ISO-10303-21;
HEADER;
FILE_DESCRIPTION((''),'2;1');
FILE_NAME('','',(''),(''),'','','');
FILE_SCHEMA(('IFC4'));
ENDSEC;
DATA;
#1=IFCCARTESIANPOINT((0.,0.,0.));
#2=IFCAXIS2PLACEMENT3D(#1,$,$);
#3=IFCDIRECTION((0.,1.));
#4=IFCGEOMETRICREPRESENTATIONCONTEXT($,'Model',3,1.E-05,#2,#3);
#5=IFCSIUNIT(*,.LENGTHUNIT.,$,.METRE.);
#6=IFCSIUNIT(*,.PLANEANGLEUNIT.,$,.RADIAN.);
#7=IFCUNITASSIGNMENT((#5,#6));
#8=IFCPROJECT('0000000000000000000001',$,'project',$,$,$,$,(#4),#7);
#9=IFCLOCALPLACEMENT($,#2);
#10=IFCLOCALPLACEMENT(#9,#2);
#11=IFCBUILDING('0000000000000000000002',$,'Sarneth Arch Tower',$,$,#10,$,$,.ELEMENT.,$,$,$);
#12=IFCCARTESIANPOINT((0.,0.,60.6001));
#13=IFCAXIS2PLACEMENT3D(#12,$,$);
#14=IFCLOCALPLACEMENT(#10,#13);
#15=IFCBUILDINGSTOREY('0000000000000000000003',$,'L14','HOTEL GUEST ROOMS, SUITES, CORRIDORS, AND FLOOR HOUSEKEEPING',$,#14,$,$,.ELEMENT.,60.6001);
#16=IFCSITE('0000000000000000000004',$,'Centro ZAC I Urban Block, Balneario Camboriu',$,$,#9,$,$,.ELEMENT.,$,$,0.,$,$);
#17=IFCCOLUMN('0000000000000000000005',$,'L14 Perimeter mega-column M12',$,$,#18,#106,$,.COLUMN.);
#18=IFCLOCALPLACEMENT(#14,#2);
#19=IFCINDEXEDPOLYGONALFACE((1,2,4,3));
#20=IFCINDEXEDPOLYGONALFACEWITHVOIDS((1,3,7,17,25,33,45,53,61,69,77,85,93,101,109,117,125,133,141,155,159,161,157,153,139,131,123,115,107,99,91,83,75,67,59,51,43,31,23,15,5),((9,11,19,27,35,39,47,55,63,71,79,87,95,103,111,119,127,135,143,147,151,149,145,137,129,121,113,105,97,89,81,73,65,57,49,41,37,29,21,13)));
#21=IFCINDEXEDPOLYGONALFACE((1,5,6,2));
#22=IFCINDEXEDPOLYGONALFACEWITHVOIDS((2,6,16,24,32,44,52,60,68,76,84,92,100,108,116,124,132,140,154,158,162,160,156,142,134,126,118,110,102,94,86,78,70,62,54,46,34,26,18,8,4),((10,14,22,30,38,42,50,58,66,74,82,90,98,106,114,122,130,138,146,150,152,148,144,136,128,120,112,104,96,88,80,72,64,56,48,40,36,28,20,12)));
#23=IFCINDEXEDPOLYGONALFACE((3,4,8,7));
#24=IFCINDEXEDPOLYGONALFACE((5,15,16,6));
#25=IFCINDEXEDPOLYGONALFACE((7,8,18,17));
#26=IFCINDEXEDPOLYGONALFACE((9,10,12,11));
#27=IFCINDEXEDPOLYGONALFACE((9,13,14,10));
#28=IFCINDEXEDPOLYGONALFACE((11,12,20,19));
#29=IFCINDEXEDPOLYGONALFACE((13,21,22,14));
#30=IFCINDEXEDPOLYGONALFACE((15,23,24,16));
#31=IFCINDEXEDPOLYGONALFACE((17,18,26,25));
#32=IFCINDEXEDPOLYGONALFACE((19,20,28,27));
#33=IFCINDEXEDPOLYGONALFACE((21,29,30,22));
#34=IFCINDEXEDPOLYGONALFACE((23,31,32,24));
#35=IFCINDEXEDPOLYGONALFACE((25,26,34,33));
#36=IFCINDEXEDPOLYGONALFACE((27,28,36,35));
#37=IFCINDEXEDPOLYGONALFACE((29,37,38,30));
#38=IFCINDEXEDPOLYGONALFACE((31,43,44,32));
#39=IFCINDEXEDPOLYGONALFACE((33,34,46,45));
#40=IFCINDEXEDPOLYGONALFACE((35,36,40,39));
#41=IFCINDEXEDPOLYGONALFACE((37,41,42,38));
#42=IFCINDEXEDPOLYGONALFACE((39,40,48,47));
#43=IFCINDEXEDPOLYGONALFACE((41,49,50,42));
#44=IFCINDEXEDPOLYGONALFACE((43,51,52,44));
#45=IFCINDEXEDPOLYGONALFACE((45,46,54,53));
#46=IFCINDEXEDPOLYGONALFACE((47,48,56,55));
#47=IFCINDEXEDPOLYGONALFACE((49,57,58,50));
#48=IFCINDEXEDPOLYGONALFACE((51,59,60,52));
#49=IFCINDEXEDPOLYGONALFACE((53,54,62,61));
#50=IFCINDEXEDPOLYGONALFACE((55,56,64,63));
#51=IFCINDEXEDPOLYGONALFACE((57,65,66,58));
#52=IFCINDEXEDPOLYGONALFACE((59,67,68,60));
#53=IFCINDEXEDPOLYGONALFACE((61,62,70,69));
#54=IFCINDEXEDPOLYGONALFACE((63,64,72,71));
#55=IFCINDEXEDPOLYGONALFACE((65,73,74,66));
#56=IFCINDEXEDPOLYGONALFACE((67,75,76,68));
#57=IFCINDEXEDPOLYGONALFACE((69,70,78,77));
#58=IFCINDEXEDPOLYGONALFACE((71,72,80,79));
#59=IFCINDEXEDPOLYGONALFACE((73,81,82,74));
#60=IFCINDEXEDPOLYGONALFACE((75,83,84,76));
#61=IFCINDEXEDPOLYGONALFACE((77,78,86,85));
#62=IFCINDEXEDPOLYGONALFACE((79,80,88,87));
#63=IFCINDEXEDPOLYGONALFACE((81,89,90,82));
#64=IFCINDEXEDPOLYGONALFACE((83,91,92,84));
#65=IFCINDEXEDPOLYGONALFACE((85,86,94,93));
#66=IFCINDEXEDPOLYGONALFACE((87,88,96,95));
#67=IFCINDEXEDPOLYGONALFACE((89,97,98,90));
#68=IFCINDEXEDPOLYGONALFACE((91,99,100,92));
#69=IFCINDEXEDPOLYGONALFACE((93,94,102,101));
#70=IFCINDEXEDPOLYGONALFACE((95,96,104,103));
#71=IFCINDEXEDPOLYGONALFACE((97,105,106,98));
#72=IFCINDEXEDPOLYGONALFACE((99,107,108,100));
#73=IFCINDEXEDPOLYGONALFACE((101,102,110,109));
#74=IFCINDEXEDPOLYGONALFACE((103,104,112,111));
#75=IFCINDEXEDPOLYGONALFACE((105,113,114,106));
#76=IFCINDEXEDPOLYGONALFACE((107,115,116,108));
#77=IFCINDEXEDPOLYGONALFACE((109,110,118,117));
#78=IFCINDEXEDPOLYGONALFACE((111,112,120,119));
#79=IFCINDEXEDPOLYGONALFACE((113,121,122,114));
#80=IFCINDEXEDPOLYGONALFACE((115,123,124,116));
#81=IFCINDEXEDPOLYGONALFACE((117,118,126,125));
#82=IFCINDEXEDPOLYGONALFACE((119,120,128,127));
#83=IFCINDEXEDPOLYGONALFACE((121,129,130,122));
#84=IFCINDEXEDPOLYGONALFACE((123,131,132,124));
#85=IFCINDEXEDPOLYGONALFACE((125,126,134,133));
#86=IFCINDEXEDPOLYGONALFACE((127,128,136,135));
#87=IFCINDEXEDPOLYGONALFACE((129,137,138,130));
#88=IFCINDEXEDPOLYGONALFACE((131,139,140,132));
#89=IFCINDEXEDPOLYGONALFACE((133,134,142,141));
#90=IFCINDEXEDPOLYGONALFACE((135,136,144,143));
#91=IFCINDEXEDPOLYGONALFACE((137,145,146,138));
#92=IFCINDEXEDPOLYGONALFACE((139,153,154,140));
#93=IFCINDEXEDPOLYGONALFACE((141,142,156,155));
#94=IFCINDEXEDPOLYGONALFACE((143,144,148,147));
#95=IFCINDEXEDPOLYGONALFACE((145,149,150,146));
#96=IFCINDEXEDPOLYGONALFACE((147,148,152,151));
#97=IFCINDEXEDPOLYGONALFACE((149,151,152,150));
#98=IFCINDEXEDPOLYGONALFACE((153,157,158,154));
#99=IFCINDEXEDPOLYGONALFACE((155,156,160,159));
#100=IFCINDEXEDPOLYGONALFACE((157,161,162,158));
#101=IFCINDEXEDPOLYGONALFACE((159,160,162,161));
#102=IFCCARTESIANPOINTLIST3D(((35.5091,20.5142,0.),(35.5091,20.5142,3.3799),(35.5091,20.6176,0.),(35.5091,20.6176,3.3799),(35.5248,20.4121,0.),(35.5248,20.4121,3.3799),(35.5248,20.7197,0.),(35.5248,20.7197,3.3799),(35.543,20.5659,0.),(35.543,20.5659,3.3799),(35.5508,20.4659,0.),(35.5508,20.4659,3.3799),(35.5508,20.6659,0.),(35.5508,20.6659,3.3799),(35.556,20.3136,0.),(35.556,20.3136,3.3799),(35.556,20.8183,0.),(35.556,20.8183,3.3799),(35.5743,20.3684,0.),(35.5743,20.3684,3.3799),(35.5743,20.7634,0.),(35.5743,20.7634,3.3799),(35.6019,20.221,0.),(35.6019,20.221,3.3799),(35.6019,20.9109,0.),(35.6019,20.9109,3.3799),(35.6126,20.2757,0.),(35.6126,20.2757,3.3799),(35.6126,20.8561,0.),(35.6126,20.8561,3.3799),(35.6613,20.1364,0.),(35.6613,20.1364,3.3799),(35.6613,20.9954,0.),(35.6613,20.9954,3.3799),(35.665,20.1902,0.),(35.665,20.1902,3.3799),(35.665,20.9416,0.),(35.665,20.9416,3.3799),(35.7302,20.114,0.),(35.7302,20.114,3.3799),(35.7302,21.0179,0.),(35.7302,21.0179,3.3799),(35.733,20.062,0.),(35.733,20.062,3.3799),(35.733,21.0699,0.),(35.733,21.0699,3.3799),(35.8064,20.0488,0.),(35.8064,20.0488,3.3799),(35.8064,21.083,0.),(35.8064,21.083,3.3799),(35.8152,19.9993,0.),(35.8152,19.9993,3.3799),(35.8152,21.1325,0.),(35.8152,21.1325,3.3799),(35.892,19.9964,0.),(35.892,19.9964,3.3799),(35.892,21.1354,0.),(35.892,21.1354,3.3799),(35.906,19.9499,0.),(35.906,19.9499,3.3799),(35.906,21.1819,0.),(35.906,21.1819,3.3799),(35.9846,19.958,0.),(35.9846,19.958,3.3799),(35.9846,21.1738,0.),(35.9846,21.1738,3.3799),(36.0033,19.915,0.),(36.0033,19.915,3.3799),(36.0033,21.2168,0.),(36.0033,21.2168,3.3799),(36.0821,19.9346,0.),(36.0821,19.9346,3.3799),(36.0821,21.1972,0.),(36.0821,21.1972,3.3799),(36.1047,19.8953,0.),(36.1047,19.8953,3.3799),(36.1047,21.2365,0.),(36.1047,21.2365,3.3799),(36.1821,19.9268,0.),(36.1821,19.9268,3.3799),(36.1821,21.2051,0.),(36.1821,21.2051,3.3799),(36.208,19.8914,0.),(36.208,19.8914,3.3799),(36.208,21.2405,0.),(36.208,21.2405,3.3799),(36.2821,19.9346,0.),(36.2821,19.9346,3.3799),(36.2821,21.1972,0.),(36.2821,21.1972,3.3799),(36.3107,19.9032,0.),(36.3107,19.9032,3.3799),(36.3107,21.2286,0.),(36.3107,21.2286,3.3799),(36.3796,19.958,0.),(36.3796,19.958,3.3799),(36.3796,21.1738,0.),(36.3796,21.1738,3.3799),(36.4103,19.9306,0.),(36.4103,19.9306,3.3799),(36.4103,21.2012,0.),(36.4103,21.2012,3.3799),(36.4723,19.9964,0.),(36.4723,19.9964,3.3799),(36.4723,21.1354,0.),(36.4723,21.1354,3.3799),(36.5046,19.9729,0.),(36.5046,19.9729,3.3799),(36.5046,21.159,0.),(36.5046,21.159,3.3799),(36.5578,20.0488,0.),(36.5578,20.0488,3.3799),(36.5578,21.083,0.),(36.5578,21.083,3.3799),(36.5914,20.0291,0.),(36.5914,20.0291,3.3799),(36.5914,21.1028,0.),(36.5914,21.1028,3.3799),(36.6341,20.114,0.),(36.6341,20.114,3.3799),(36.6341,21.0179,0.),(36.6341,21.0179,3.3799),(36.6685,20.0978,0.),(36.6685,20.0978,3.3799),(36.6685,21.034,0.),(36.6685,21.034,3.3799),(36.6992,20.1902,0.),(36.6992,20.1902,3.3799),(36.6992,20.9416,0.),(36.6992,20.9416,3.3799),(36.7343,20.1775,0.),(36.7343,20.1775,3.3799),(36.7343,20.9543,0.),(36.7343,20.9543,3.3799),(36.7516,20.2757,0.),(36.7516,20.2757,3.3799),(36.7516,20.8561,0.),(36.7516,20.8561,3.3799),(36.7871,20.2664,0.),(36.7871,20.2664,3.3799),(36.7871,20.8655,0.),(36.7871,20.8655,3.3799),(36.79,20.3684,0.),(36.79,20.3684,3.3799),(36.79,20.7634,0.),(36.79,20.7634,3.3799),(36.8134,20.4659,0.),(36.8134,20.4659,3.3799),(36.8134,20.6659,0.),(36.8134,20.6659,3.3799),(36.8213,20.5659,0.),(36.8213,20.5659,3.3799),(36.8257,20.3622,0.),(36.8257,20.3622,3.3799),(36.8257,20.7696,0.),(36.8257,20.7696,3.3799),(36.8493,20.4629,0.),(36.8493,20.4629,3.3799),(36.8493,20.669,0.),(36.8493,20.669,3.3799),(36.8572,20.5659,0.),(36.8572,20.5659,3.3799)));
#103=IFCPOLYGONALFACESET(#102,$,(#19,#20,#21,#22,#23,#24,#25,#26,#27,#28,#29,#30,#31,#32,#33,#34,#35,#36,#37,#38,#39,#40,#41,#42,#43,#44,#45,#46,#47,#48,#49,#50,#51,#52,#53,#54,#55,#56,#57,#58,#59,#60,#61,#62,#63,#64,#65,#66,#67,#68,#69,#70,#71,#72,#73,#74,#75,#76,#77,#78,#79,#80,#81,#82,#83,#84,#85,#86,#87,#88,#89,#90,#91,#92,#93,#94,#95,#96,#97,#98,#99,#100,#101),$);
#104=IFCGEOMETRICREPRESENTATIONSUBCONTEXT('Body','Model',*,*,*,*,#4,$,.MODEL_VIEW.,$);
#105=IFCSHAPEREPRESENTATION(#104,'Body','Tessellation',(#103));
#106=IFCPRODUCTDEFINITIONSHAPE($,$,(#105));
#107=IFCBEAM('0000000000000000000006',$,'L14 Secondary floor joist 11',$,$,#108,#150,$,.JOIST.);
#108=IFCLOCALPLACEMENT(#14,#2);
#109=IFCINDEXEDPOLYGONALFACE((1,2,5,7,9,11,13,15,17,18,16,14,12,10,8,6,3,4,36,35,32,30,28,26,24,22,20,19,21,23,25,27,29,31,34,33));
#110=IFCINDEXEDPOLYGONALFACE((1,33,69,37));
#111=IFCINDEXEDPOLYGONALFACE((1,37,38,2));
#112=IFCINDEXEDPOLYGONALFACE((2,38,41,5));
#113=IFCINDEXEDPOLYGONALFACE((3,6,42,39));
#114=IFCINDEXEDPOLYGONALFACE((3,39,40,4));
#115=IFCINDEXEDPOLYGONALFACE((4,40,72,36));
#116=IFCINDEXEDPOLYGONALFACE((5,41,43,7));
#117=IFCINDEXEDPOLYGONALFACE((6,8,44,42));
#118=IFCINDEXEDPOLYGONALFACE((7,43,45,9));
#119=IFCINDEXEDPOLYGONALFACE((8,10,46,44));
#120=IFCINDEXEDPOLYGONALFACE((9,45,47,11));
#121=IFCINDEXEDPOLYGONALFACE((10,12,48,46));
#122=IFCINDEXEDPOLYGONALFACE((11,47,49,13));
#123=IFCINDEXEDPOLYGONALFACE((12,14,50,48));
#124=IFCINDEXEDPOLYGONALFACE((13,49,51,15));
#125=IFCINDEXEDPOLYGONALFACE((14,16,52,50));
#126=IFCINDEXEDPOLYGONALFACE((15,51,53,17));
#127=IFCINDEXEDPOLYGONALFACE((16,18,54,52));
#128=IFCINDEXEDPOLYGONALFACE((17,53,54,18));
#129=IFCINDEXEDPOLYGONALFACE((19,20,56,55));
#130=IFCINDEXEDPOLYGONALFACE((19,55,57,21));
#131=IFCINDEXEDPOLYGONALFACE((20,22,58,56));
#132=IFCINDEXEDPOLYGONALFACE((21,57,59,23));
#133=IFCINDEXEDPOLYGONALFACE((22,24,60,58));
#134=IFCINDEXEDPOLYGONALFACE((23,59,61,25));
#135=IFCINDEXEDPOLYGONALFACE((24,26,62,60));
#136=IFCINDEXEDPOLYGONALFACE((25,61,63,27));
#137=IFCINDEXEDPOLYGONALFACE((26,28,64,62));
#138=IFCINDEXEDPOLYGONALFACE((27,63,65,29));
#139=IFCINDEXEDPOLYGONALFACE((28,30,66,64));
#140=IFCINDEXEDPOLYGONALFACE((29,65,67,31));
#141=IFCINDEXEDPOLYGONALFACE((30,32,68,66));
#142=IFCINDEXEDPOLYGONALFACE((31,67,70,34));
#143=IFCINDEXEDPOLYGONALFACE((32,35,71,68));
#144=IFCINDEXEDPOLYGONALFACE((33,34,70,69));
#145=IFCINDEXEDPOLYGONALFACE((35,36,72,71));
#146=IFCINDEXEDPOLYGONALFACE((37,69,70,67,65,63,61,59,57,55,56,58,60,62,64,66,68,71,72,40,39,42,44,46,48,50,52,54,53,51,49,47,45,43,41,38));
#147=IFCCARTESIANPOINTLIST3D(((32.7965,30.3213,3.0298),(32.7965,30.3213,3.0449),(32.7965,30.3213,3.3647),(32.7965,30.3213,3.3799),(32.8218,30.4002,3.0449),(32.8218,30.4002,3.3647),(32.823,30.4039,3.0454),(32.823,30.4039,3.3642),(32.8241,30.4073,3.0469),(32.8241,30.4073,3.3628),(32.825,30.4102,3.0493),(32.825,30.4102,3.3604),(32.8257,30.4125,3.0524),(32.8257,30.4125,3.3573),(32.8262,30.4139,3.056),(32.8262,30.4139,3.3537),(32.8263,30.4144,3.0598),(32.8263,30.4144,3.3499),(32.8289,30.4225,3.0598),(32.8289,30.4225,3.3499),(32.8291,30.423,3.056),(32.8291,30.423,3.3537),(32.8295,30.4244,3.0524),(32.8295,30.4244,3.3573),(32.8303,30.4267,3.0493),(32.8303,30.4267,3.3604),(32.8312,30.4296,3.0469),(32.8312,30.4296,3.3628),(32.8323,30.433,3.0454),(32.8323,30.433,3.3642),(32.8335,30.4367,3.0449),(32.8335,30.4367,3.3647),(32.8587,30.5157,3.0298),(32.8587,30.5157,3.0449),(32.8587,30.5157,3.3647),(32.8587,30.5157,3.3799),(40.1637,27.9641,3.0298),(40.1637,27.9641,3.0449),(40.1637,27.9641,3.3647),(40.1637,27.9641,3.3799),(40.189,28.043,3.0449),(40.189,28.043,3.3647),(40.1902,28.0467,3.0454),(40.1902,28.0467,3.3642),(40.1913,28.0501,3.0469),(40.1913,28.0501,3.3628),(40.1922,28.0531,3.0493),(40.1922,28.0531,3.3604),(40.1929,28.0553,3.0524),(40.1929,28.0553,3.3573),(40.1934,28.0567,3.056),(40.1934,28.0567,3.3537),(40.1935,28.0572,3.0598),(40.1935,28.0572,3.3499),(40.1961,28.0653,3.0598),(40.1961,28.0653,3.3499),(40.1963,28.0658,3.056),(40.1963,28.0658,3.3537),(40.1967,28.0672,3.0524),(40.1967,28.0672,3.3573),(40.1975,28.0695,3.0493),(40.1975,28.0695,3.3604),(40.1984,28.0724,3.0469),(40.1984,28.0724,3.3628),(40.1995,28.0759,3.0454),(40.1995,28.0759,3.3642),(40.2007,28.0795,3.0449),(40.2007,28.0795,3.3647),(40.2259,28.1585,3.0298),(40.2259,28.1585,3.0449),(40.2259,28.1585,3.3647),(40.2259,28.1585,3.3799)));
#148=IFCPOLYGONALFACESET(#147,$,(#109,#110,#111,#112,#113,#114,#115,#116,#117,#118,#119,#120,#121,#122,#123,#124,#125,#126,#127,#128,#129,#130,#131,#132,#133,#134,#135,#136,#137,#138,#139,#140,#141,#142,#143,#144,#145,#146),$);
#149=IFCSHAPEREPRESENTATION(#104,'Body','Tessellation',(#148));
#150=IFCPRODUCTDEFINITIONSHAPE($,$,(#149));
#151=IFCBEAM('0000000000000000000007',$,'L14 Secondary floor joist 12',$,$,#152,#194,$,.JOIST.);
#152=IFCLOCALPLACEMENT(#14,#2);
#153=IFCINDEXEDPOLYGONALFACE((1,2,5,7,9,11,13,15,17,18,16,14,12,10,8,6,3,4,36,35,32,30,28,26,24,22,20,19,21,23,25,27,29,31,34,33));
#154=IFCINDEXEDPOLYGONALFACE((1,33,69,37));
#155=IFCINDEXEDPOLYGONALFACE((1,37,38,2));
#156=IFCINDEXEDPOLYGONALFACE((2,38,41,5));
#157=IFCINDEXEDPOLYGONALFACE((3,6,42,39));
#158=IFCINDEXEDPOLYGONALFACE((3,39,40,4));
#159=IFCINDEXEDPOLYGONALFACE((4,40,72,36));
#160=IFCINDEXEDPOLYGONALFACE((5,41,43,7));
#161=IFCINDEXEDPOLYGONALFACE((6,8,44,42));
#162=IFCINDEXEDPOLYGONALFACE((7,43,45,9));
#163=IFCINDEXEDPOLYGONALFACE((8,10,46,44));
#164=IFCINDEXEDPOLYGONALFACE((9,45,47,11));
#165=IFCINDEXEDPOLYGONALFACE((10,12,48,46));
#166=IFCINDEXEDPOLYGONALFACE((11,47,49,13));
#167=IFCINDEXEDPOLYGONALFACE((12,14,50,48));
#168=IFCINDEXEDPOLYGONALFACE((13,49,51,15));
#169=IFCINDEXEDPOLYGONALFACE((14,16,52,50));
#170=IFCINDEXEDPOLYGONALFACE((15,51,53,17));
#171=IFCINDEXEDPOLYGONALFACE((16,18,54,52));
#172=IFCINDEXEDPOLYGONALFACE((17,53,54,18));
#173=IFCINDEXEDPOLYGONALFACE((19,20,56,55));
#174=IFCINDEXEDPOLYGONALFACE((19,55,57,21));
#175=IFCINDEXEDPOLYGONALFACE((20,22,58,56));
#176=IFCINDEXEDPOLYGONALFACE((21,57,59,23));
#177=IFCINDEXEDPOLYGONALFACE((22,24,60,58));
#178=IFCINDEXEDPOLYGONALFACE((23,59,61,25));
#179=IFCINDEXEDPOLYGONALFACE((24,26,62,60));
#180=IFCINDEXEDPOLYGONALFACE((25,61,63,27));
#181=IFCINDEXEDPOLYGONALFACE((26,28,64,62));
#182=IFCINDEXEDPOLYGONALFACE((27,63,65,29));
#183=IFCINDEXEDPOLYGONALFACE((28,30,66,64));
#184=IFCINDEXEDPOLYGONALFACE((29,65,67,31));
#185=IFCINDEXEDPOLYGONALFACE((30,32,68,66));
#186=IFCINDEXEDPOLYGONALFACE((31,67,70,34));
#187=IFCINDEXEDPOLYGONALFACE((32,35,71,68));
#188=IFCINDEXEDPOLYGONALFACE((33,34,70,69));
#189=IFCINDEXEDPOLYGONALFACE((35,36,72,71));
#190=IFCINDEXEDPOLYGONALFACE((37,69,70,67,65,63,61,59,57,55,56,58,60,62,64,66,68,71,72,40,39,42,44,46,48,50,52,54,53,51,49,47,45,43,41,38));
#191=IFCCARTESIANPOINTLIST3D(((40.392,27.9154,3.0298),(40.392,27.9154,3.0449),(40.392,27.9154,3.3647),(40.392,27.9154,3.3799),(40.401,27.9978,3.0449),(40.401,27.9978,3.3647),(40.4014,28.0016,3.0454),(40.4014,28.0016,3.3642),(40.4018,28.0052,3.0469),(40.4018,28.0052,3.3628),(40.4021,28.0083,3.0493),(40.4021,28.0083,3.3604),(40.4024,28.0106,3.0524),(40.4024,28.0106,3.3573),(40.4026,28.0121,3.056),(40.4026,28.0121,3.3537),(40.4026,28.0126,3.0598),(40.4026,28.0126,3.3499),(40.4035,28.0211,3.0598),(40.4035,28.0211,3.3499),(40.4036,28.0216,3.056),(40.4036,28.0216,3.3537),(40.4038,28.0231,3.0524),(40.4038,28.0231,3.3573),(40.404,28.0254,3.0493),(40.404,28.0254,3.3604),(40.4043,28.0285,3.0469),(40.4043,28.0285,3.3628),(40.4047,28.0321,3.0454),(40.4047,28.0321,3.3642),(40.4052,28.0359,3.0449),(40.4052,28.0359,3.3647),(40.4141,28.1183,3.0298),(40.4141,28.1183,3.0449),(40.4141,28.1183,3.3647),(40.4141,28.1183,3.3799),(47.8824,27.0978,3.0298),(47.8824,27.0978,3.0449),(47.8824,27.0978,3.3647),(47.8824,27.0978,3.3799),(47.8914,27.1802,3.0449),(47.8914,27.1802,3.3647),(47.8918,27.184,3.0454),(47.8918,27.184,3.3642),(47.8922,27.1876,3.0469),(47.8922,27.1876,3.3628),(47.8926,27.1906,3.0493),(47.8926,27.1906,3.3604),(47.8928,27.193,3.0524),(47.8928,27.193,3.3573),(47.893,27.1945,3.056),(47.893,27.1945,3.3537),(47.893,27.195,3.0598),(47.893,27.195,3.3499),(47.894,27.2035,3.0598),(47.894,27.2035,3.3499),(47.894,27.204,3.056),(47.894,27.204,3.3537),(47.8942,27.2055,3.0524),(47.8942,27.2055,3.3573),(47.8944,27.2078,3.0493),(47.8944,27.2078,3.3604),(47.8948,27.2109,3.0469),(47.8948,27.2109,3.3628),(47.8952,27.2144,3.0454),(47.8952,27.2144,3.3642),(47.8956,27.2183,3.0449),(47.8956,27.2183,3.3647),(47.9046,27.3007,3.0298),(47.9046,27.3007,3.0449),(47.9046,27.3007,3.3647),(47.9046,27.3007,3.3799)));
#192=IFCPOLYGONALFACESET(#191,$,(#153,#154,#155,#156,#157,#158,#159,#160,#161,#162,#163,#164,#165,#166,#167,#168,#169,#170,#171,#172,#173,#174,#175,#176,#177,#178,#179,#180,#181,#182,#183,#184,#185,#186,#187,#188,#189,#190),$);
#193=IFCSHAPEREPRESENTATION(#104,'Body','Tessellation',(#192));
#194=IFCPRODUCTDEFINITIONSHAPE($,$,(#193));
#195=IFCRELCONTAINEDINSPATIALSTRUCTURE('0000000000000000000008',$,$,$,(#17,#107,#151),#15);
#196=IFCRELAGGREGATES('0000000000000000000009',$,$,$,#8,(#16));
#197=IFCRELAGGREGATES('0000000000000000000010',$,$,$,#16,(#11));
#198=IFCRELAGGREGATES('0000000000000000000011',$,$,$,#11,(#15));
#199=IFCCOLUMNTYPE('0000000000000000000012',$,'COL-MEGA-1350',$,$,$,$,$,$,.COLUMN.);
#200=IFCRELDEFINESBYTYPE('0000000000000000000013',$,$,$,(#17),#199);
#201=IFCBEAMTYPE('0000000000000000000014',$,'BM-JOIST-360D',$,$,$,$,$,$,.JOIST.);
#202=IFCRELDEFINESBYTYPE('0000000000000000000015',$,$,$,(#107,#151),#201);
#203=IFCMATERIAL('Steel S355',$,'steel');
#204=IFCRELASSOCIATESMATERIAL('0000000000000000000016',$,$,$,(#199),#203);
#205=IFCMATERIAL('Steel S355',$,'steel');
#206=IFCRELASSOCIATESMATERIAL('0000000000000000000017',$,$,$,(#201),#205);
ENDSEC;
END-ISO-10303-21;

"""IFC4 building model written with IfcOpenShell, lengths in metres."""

from ifc_helpers import new_model, si_unit, direction, frame, origin, origin_2d, place, context, subcontext, project, spatial, hollow_circle, i_section, extrude, material, material_profile, profile_set, type_object, element, save


model = new_model("IFC4")

# Units and contexts
model_context = context("Model", 3, precision=1e-05, world=origin(), true_north=direction((0.0, 1.0)))
body_context = subcontext(model_context, "Body", "Model", "MODEL_VIEW")
ifc_project = project(units=[si_unit("LENGTHUNIT", "METRE"), si_unit("PLANEANGLEUNIT", "RADIAN")], contexts=[model_context])

# Site, building, storey
site_placement = place(None, origin())
site = spatial("IfcSite", under=ifc_project, at=site_placement, Name="Centro ZAC I Urban Block, Balneario Camboriu", CompositionType="ELEMENT", RefElevation=0.0)
building_placement = place(site_placement, origin())
building = spatial("IfcBuilding", under=site, at=building_placement, Name="Sarneth Arch Tower", CompositionType="ELEMENT")
storey_placement = place(building_placement, frame((0.0, 0.0, 60.6001)))
storey = spatial("IfcBuildingStorey", under=building, at=storey_placement, Name="L14", Description="HOTEL GUEST ROOMS, SUITES, CORRIDORS, AND FLOOR HOUSEKEEPING", CompositionType="ELEMENT", Elevation=60.6001)

# Column
ifc_material_1 = material(Name="Steel S355", Category="steel")
ifc_material_profile_1 = material_profile(ifc_material_1, hollow_circle(Radius=0.675, WallThickness=0.0359, at=origin_2d()), Name="CHS1350x36")
ifc_profile_set_1 = profile_set([ifc_material_profile_1], Name="Steel S355")
column_type = type_object("IfcColumnType", Name="COL-MEGA-1350", PredefinedType="COLUMN", material=ifc_profile_set_1)
column_placement = place(storey_placement, frame((36.1821, 20.5659, 0.0), z_axis=(0.0, 0.0, 1.0), x_axis=(1.0, 0.0, 0.0)))
element("IfcColumn", 1, at=column_placement, inside=storey, type_object=column_type, Name="L14 Perimeter mega-column M12", PredefinedType="COLUMN", context=body_context, shape_type="SweptSolid", body=[
    extrude(hollow_circle(Radius=0.675, WallThickness=0.0359, at=origin_2d()), origin(), (0.0, 0.0, 1.0), 3.3799),
])

# Beams
ifc_material_2 = material(Name="Steel S355", Category="steel")
ifc_material_profile_2 = material_profile(ifc_material_2, i_section(OverallWidth=0.2041, OverallDepth=0.3501, WebThickness=0.0085, FlangeThickness=0.0151, FilletRadius=0.0149, at=origin_2d()), Name="W360x72")
ifc_profile_set_2 = profile_set([ifc_material_profile_2], Name="Steel S355")
beam_type_1 = type_object("IfcBeamType", Name="BM-JOIST-360D", PredefinedType="JOIST", material=ifc_profile_set_2)
beam_1_placement = place(storey_placement, frame((32.8276, 30.4185, 3.2048), z_axis=(0.952436, -0.304738, 0.0), x_axis=(0.304738, 0.952436, 0.0)))
element("IfcBeam", 2, at=beam_1_placement, inside=storey, type_object=beam_type_1, Name="L14 Secondary floor joist 11", PredefinedType="JOIST", context=body_context, shape_type="SweptSolid", body=[
    extrude(i_section(OverallWidth=0.2041, OverallDepth=0.3501, WebThickness=0.0085, FlangeThickness=0.0151, FilletRadius=0.0149, at=origin_2d()), origin(), (0.0, 0.0, 1.0), 7.7351),
])
beam_2_placement = place(storey_placement, frame((40.4031, 28.0168, 3.2048), z_axis=(0.994095, -0.108511, 0.0), x_axis=(0.108511, 0.994095, 0.0)))
element("IfcBeam", 3, at=beam_2_placement, inside=storey, type_object=beam_type_1, Name="L14 Secondary floor joist 12", PredefinedType="JOIST", context=body_context, shape_type="SweptSolid", body=[
    extrude(i_section(OverallWidth=0.2041, OverallDepth=0.3501, WebThickness=0.0085, FlangeThickness=0.0151, FilletRadius=0.0149, at=origin_2d()), origin(), (0.0, 0.0, 1.0), 7.5349),
])

save(model, "model.ifc")
